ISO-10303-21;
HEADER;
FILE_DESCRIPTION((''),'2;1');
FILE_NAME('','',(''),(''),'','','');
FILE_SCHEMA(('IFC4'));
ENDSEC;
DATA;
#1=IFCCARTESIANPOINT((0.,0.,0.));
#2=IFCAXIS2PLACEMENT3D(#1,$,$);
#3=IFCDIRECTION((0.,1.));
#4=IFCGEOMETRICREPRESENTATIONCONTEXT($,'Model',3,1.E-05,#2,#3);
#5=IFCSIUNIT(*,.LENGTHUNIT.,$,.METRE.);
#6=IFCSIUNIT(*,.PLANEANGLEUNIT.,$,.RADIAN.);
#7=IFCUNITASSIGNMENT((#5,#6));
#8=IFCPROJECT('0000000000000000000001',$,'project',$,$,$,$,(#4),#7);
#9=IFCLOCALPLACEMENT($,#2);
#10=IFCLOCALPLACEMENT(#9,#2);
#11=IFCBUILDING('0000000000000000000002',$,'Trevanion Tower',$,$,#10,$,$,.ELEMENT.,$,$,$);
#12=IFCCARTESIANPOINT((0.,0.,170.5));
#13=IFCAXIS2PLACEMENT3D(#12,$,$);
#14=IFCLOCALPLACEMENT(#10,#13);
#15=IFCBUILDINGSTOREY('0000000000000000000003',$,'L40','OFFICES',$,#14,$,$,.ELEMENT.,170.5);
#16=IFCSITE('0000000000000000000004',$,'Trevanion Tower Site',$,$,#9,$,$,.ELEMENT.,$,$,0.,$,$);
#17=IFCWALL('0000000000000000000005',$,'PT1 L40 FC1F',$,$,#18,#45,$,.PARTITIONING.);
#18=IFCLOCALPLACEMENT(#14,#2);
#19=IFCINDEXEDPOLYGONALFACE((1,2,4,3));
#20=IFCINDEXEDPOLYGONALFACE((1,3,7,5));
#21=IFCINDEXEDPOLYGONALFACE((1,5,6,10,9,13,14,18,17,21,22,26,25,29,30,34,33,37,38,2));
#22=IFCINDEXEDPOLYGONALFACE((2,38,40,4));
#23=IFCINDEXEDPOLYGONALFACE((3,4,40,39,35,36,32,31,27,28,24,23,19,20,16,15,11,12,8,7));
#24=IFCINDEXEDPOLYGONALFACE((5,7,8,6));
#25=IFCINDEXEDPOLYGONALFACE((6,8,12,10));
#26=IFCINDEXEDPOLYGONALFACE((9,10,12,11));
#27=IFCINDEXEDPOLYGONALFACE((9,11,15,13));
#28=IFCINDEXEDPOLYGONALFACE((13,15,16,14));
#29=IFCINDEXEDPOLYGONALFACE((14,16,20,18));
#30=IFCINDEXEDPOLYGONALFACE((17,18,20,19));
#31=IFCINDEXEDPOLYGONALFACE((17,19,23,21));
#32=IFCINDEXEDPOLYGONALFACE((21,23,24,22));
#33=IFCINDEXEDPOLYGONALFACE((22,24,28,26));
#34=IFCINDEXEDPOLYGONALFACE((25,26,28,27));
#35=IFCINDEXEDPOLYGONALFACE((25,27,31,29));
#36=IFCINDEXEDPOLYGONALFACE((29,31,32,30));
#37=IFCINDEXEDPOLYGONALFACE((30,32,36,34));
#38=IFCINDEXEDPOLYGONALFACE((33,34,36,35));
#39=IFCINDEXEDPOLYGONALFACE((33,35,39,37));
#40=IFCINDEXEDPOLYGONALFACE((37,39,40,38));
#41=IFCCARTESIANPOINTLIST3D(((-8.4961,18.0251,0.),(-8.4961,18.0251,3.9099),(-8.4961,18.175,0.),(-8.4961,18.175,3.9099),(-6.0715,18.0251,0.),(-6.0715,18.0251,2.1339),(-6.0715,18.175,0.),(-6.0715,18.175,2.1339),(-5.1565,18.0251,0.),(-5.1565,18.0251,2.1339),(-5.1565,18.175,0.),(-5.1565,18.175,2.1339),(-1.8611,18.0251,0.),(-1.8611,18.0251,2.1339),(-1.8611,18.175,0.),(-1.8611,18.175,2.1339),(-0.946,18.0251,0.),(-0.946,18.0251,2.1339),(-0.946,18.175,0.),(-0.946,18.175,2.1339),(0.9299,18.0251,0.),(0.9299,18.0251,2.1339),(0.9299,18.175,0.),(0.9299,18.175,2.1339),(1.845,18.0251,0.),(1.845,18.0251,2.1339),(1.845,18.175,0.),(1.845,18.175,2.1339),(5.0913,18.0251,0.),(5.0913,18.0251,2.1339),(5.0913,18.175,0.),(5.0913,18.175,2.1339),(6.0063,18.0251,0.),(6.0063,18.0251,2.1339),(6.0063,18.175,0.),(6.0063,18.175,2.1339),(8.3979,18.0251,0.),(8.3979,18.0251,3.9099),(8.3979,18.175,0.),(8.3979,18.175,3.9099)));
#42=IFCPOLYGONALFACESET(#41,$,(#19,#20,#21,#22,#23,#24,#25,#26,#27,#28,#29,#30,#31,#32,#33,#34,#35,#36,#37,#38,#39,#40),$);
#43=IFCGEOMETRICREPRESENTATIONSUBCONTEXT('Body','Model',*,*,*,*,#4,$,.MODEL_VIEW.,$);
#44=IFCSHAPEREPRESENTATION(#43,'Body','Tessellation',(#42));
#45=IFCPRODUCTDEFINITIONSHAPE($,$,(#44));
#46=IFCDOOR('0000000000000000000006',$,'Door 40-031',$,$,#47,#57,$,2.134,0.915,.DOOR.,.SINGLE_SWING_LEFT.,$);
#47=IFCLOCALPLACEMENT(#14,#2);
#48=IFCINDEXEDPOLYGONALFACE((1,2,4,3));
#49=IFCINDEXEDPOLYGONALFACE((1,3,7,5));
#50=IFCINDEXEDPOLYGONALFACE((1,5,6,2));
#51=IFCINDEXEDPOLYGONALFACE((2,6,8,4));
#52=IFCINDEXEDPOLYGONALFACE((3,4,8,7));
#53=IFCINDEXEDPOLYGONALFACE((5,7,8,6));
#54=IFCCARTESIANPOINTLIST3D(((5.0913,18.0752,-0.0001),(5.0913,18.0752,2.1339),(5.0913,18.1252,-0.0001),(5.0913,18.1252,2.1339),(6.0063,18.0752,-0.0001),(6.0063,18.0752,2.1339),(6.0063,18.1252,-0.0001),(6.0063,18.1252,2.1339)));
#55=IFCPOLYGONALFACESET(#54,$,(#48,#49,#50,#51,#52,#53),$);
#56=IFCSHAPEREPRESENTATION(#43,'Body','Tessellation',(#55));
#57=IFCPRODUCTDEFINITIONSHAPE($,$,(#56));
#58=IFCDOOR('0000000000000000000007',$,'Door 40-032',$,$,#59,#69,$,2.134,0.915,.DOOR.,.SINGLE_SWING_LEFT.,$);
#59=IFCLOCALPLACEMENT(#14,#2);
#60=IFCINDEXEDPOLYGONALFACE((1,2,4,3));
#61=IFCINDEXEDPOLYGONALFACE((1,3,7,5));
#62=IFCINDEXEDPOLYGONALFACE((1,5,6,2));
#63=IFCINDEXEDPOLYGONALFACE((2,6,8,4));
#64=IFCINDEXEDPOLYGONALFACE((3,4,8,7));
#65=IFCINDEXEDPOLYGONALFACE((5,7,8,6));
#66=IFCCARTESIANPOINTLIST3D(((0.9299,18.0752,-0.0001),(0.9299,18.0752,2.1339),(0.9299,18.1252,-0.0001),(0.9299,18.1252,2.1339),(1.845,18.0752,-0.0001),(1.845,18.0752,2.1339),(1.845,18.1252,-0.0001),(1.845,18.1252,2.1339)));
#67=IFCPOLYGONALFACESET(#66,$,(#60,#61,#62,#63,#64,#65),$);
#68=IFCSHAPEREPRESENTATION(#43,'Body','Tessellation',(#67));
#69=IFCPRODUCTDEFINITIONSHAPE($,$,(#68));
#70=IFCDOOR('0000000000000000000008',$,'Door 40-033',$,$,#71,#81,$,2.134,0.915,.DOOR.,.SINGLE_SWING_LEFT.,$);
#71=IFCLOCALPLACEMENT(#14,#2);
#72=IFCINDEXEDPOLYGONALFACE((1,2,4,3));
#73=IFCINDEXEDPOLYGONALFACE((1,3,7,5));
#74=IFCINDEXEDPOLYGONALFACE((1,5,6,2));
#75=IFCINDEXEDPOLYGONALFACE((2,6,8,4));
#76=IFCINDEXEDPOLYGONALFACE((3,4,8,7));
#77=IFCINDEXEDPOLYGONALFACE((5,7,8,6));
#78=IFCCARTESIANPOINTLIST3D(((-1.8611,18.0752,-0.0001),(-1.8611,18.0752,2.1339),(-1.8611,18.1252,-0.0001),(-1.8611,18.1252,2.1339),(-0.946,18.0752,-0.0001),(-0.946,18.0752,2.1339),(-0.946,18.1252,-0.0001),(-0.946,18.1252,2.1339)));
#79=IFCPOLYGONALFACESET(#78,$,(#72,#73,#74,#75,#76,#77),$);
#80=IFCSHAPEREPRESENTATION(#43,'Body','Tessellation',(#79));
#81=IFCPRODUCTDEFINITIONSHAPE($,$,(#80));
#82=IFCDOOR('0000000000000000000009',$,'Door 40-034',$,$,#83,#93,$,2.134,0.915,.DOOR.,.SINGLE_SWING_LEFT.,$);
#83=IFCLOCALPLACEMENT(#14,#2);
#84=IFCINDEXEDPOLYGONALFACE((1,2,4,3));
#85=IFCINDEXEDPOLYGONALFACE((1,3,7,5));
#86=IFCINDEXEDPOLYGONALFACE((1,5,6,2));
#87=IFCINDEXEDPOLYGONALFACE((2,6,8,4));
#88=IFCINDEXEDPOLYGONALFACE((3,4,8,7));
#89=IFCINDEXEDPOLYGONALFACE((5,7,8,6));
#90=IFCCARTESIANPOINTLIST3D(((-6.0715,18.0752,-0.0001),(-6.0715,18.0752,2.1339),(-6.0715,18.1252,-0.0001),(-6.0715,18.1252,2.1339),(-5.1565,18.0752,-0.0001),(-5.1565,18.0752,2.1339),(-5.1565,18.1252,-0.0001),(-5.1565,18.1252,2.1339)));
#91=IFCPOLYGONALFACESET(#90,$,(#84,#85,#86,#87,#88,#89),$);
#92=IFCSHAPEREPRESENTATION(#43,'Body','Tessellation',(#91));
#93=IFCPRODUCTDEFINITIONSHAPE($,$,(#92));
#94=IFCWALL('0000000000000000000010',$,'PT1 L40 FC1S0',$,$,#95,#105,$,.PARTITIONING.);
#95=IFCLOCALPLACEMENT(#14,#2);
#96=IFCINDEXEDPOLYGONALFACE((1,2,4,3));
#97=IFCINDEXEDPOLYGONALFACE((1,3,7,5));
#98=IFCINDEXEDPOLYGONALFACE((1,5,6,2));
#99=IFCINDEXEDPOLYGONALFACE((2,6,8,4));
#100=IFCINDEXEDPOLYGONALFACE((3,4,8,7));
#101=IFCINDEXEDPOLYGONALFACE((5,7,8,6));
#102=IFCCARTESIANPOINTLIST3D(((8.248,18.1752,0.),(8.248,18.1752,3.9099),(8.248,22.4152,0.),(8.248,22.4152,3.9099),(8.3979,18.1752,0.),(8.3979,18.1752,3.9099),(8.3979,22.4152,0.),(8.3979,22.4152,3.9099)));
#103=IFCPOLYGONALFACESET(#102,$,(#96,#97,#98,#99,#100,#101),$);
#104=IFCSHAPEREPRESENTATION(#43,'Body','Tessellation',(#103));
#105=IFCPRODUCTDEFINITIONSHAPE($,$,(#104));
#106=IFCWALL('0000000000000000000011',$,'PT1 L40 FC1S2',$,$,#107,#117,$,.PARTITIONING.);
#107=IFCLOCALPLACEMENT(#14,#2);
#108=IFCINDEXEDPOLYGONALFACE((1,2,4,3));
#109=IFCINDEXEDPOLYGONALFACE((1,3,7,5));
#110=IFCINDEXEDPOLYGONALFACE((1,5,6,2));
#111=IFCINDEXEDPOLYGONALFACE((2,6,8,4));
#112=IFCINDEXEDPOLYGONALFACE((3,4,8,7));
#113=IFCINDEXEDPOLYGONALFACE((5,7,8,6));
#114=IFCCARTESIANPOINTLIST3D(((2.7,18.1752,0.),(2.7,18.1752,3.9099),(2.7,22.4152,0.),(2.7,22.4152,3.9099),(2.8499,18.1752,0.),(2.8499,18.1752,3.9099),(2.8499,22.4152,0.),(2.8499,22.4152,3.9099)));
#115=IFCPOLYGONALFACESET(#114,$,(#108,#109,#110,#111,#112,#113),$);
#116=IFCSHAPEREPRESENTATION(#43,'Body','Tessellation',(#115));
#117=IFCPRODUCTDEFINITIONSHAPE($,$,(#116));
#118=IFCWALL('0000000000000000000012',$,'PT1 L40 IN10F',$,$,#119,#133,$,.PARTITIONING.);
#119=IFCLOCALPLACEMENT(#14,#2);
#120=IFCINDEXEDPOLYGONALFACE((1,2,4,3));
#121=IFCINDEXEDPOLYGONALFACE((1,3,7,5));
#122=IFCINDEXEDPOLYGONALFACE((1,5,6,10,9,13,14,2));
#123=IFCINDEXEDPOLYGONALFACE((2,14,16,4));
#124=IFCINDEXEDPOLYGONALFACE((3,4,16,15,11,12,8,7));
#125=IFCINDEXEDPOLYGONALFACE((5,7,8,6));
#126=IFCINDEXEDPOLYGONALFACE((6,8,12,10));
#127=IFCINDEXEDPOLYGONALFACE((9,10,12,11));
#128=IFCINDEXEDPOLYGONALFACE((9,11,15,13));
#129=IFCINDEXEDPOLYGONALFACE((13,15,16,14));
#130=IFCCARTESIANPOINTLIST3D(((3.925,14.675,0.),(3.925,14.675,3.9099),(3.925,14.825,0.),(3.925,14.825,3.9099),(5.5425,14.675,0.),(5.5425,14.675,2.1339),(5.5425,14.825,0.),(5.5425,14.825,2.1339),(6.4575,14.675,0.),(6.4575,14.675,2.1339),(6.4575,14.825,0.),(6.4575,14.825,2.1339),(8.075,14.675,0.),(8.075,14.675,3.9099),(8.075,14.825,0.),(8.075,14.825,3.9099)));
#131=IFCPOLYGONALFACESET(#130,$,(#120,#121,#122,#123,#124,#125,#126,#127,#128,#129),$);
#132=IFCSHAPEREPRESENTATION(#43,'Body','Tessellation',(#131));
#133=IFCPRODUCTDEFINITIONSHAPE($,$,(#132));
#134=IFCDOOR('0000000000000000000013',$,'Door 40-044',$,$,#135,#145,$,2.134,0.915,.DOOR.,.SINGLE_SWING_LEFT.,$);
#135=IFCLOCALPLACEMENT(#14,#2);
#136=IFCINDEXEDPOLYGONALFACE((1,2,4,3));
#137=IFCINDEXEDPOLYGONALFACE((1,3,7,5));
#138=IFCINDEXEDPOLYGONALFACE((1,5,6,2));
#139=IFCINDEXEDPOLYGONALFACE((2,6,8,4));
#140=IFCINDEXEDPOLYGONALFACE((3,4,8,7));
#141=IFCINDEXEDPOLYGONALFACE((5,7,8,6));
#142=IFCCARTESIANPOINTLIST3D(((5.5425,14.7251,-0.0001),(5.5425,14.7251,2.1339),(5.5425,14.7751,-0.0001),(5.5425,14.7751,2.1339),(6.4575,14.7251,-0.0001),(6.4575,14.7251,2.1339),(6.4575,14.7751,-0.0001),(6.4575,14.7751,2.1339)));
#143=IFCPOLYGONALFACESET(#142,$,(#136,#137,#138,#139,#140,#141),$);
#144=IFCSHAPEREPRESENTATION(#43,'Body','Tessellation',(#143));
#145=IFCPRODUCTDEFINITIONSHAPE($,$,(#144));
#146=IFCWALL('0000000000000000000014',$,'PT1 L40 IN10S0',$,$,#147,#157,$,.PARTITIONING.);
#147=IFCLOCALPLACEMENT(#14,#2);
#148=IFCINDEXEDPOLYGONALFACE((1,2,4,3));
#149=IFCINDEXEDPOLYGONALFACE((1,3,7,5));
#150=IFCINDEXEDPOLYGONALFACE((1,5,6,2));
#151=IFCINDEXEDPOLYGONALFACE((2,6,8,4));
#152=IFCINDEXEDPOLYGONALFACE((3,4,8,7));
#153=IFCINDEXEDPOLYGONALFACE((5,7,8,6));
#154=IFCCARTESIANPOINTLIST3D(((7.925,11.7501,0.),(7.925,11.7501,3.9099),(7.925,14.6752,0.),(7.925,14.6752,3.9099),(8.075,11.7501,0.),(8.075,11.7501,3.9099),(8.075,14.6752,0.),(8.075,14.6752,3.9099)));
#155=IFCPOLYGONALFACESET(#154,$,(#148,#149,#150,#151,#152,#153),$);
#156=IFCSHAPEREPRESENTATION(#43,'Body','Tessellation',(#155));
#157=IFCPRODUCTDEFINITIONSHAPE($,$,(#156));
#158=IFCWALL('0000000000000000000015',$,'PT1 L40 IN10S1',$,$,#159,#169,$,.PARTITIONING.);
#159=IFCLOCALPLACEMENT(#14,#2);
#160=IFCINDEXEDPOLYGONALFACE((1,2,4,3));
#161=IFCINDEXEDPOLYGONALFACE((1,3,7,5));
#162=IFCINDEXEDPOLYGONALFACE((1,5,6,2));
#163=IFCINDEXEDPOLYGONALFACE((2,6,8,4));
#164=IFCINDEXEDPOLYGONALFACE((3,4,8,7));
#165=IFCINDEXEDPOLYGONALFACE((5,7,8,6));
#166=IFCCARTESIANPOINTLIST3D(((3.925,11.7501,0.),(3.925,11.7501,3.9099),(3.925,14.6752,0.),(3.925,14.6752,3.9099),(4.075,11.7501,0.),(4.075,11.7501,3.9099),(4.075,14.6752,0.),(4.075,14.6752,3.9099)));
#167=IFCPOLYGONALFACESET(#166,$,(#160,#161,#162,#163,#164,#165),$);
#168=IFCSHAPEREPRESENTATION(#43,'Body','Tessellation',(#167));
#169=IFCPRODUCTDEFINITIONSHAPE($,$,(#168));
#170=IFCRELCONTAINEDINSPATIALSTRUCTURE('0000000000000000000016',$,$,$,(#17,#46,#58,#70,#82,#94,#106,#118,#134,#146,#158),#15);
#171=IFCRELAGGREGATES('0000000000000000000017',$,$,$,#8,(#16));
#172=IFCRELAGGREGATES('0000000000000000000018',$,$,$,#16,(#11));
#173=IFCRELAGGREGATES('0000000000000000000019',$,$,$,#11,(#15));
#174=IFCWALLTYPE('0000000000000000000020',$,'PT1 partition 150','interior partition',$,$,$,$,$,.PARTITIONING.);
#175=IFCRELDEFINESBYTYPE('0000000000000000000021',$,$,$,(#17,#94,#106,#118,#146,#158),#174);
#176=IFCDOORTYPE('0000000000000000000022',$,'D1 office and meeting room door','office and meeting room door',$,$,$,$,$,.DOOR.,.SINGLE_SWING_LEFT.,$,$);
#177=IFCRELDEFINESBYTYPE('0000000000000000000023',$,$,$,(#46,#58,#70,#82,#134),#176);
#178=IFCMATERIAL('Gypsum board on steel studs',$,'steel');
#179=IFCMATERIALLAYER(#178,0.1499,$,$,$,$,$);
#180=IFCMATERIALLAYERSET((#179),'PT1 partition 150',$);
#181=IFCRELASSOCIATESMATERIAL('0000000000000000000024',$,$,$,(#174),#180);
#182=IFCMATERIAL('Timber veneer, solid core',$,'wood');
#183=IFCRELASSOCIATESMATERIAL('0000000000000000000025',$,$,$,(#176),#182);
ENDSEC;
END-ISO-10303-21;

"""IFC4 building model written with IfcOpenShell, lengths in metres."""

from ifc_helpers import new_model, si_unit, direction, frame, frame_2d, origin, place, context, subcontext, project, spatial, rectangle, extrude, material, layer, layer_set, type_object, element, fill, save


model = new_model("IFC4")

# Units and contexts
model_context = context("Model", 3, precision=1e-05, world=origin(), true_north=direction((0.0, 1.0)))
body_context = subcontext(model_context, "Body", "Model", "MODEL_VIEW")
ifc_project = project(units=[si_unit("LENGTHUNIT", "METRE"), si_unit("PLANEANGLEUNIT", "RADIAN")], contexts=[model_context])

# Site, building, storey
site_placement = place(None, origin())
site = spatial("IfcSite", under=ifc_project, at=site_placement, Name="Trevanion Tower Site", CompositionType="ELEMENT", RefElevation=0.0)
building_placement = place(site_placement, origin())
building = spatial("IfcBuilding", under=site, at=building_placement, Name="Trevanion Tower", CompositionType="ELEMENT")
storey_placement = place(building_placement, frame((0.0, 0.0, 170.5)))
storey = spatial("IfcBuildingStorey", under=building, at=storey_placement, Name="L40", Description="OFFICES", CompositionType="ELEMENT", Elevation=170.5)

# Shared definitions
ifc_material_1 = material(Name="Gypsum board on steel studs", Category="steel")
ifc_layer_1 = layer(ifc_material_1, 0.1499)
ifc_layer_set_1 = layer_set([ifc_layer_1], Name="PT1 partition 150")
wall_type = type_object("IfcWallType", Name="PT1 partition 150", Description="interior partition", PredefinedType="PARTITIONING", material=ifc_layer_set_1)
ifc_material_2 = material(Name="Timber veneer, solid core", Category="wood")
door_type = type_object("IfcDoorType", Name="D1 office and meeting room door", Description="office and meeting room door", OperationType="SINGLE_SWING_LEFT", PredefinedType="DOOR", material=ifc_material_2)

# Wall, openings, doors
wall_1_placement = place(storey_placement, frame((8.3979, 18.1001, 0.0), z_axis=(0.0, 0.0, 1.0), x_axis=(-1.0, 0.0, 0.0)))
wall_1 = element("IfcWall", 1, at=wall_1_placement, inside=storey, type_object=wall_type, Name="PT1 L40 FC1F", PredefinedType="PARTITIONING", context=body_context, shape_type="SweptSolid", body=[
    extrude(rectangle(XDim=16.894, YDim=0.1499, at=frame_2d((8.447, 0.0))), origin(), (0.0, 0.0, 1.0), 3.9099),
])
opening_1_placement = place(wall_1_placement, frame((2.3916, 0.0, 0.0)))
opening_1 = element("IfcOpeningElement", 2, at=opening_1_placement, cuts=wall_1, PredefinedType="OPENING", context=body_context, shape_type="SweptSolid", body=[
    extrude(rectangle(XDim=0.915, YDim=2.134, at=frame_2d((0.4575, 1.0669))), frame((0.0, 0.085, 0.0), z_axis=(0.0, -1.0, 0.0), x_axis=(1.0, 0.0, 0.0)), (0.0, 0.0, 1.0), 0.1699),
])
opening_2_placement = place(wall_1_placement, frame((6.553, 0.0, 0.0)))
opening_2 = element("IfcOpeningElement", 3, at=opening_2_placement, cuts=wall_1, PredefinedType="OPENING", context=body_context, shape_type="SweptSolid", body=[
    extrude(rectangle(XDim=0.915, YDim=2.134, at=frame_2d((0.4575, 1.0669))), frame((0.0, 0.085, 0.0), z_axis=(0.0, -1.0, 0.0), x_axis=(1.0, 0.0, 0.0)), (0.0, 0.0, 1.0), 0.1699),
])
opening_3_placement = place(wall_1_placement, frame((9.344, 0.0, 0.0)))
opening_3 = element("IfcOpeningElement", 4, at=opening_3_placement, cuts=wall_1, PredefinedType="OPENING", context=body_context, shape_type="SweptSolid", body=[
    extrude(rectangle(XDim=0.915, YDim=2.134, at=frame_2d((0.4575, 1.0669))), frame((0.0, 0.085, 0.0), z_axis=(0.0, -1.0, 0.0), x_axis=(1.0, 0.0, 0.0)), (0.0, 0.0, 1.0), 0.1699),
])
opening_4_placement = place(wall_1_placement, frame((13.5544, 0.0, 0.0)))
opening_4 = element("IfcOpeningElement", 5, at=opening_4_placement, cuts=wall_1, PredefinedType="OPENING", context=body_context, shape_type="SweptSolid", body=[
    extrude(rectangle(XDim=0.915, YDim=2.134, at=frame_2d((0.4575, 1.0669))), frame((0.0, 0.085, 0.0), z_axis=(0.0, -1.0, 0.0), x_axis=(1.0, 0.0, 0.0)), (0.0, 0.0, 1.0), 0.1699),
])
door_1_placement = place(opening_1_placement, origin())
door_1 = element("IfcDoor", 6, at=door_1_placement, inside=storey, type_object=door_type, Name="Door 40-031", OperationType="SINGLE_SWING_LEFT", OverallHeight=2.134, OverallWidth=0.915, PredefinedType="DOOR", context=body_context, shape_type="SweptSolid", body=[
    extrude(rectangle(XDim=0.915, YDim=2.134, at=frame_2d((0.4575, 1.0669))), frame((0.0, 0.0249, 0.0), z_axis=(0.0, -1.0, 0.0), x_axis=(1.0, 0.0, 0.0)), (0.0, 0.0, 1.0), 0.05),
])
fill(opening_1, door_1)
door_2_placement = place(opening_2_placement, origin())
door_2 = element("IfcDoor", 7, at=door_2_placement, inside=storey, type_object=door_type, Name="Door 40-032", OperationType="SINGLE_SWING_LEFT", OverallHeight=2.134, OverallWidth=0.915, PredefinedType="DOOR", context=body_context, shape_type="SweptSolid", body=[
    extrude(rectangle(XDim=0.915, YDim=2.134, at=frame_2d((0.4575, 1.0669))), frame((0.0, 0.0249, 0.0), z_axis=(0.0, -1.0, 0.0), x_axis=(1.0, 0.0, 0.0)), (0.0, 0.0, 1.0), 0.05),
])
fill(opening_2, door_2)
door_3_placement = place(opening_3_placement, origin())
door_3 = element("IfcDoor", 8, at=door_3_placement, inside=storey, type_object=door_type, Name="Door 40-033", OperationType="SINGLE_SWING_LEFT", OverallHeight=2.134, OverallWidth=0.915, PredefinedType="DOOR", context=body_context, shape_type="SweptSolid", body=[
    extrude(rectangle(XDim=0.915, YDim=2.134, at=frame_2d((0.4575, 1.0669))), frame((0.0, 0.0249, 0.0), z_axis=(0.0, -1.0, 0.0), x_axis=(1.0, 0.0, 0.0)), (0.0, 0.0, 1.0), 0.05),
])
fill(opening_3, door_3)
door_4_placement = place(opening_4_placement, origin())
door_4 = element("IfcDoor", 9, at=door_4_placement, inside=storey, type_object=door_type, Name="Door 40-034", OperationType="SINGLE_SWING_LEFT", OverallHeight=2.134, OverallWidth=0.915, PredefinedType="DOOR", context=body_context, shape_type="SweptSolid", body=[
    extrude(rectangle(XDim=0.915, YDim=2.134, at=frame_2d((0.4575, 1.0669))), frame((0.0, 0.0249, 0.0), z_axis=(0.0, -1.0, 0.0), x_axis=(1.0, 0.0, 0.0)), (0.0, 0.0, 1.0), 0.05),
])
fill(opening_4, door_4)

# Walls
for number, where, z_axis, x_axis, name in (
    (10, (8.323, 18.175, 0.0), (0.0, 0.0, 1.0), (0.0, 1.0, 0.0), "PT1 L40 FC1S0"),
    (11, (2.7749, 18.175, 0.0), (0.0, 0.0, 1.0), (0.0, 1.0, 0.0), "PT1 L40 FC1S2"),
):
    element("IfcWall", number, at=place(storey_placement, frame(where, z_axis=z_axis, x_axis=x_axis)), inside=storey, type_object=wall_type, Name=name, PredefinedType="PARTITIONING", context=body_context, shape_type="SweptSolid", body=[
        extrude(rectangle(XDim=4.24, YDim=0.1499, at=frame_2d((2.1201, 0.0))), origin(), (0.0, 0.0, 1.0), 3.9099),
    ])

# Wall, opening, door
wall_2_placement = place(storey_placement, frame((8.075, 14.75, 0.0), z_axis=(0.0, 0.0, 1.0), x_axis=(-1.0, 0.0, 0.0)))
wall_2 = element("IfcWall", 12, at=wall_2_placement, inside=storey, type_object=wall_type, Name="PT1 L40 IN10F", PredefinedType="PARTITIONING", context=body_context, shape_type="SweptSolid", body=[
    extrude(rectangle(XDim=4.1499, YDim=0.1499, at=frame_2d((2.075, 0.0))), origin(), (0.0, 0.0, 1.0), 3.9099),
])
opening_5_placement = place(wall_2_placement, frame((1.6174, 0.0, 0.0)))
opening_5 = element("IfcOpeningElement", 13, at=opening_5_placement, cuts=wall_2, PredefinedType="OPENING", context=body_context, shape_type="SweptSolid", body=[
    extrude(rectangle(XDim=0.915, YDim=2.134, at=frame_2d((0.4575, 1.0669))), frame((0.0, 0.085, 0.0), z_axis=(0.0, -1.0, 0.0), x_axis=(1.0, 0.0, 0.0)), (0.0, 0.0, 1.0), 0.1699),
])
door_5_placement = place(opening_5_placement, origin())
door_5 = element("IfcDoor", 14, at=door_5_placement, inside=storey, type_object=door_type, Name="Door 40-044", OperationType="SINGLE_SWING_LEFT", OverallHeight=2.134, OverallWidth=0.915, PredefinedType="DOOR", context=body_context, shape_type="SweptSolid", body=[
    extrude(rectangle(XDim=0.915, YDim=2.134, at=frame_2d((0.4575, 1.0669))), frame((0.0, 0.0249, 0.0), z_axis=(0.0, -1.0, 0.0), x_axis=(1.0, 0.0, 0.0)), (0.0, 0.0, 1.0), 0.05),
])
fill(opening_5, door_5)

# Walls
for number, where, z_axis, x_axis, name in (
    (15, (8.0, 14.675, 0.0), (0.0, 0.0, 1.0), (0.0, -1.0, 0.0), "PT1 L40 IN10S0"),
    (16, (4.0, 14.675, 0.0), (0.0, 0.0, 1.0), (0.0, -1.0, 0.0), "PT1 L40 IN10S1"),
):
    element("IfcWall", number, at=place(storey_placement, frame(where, z_axis=z_axis, x_axis=x_axis)), inside=storey, type_object=wall_type, Name=name, PredefinedType="PARTITIONING", context=body_context, shape_type="SweptSolid", body=[
        extrude(rectangle(XDim=2.925, YDim=0.1499, at=frame_2d((1.4624, 0.0))), origin(), (0.0, 0.0, 1.0), 3.9099),
    ])

save(model, "model.ifc")
